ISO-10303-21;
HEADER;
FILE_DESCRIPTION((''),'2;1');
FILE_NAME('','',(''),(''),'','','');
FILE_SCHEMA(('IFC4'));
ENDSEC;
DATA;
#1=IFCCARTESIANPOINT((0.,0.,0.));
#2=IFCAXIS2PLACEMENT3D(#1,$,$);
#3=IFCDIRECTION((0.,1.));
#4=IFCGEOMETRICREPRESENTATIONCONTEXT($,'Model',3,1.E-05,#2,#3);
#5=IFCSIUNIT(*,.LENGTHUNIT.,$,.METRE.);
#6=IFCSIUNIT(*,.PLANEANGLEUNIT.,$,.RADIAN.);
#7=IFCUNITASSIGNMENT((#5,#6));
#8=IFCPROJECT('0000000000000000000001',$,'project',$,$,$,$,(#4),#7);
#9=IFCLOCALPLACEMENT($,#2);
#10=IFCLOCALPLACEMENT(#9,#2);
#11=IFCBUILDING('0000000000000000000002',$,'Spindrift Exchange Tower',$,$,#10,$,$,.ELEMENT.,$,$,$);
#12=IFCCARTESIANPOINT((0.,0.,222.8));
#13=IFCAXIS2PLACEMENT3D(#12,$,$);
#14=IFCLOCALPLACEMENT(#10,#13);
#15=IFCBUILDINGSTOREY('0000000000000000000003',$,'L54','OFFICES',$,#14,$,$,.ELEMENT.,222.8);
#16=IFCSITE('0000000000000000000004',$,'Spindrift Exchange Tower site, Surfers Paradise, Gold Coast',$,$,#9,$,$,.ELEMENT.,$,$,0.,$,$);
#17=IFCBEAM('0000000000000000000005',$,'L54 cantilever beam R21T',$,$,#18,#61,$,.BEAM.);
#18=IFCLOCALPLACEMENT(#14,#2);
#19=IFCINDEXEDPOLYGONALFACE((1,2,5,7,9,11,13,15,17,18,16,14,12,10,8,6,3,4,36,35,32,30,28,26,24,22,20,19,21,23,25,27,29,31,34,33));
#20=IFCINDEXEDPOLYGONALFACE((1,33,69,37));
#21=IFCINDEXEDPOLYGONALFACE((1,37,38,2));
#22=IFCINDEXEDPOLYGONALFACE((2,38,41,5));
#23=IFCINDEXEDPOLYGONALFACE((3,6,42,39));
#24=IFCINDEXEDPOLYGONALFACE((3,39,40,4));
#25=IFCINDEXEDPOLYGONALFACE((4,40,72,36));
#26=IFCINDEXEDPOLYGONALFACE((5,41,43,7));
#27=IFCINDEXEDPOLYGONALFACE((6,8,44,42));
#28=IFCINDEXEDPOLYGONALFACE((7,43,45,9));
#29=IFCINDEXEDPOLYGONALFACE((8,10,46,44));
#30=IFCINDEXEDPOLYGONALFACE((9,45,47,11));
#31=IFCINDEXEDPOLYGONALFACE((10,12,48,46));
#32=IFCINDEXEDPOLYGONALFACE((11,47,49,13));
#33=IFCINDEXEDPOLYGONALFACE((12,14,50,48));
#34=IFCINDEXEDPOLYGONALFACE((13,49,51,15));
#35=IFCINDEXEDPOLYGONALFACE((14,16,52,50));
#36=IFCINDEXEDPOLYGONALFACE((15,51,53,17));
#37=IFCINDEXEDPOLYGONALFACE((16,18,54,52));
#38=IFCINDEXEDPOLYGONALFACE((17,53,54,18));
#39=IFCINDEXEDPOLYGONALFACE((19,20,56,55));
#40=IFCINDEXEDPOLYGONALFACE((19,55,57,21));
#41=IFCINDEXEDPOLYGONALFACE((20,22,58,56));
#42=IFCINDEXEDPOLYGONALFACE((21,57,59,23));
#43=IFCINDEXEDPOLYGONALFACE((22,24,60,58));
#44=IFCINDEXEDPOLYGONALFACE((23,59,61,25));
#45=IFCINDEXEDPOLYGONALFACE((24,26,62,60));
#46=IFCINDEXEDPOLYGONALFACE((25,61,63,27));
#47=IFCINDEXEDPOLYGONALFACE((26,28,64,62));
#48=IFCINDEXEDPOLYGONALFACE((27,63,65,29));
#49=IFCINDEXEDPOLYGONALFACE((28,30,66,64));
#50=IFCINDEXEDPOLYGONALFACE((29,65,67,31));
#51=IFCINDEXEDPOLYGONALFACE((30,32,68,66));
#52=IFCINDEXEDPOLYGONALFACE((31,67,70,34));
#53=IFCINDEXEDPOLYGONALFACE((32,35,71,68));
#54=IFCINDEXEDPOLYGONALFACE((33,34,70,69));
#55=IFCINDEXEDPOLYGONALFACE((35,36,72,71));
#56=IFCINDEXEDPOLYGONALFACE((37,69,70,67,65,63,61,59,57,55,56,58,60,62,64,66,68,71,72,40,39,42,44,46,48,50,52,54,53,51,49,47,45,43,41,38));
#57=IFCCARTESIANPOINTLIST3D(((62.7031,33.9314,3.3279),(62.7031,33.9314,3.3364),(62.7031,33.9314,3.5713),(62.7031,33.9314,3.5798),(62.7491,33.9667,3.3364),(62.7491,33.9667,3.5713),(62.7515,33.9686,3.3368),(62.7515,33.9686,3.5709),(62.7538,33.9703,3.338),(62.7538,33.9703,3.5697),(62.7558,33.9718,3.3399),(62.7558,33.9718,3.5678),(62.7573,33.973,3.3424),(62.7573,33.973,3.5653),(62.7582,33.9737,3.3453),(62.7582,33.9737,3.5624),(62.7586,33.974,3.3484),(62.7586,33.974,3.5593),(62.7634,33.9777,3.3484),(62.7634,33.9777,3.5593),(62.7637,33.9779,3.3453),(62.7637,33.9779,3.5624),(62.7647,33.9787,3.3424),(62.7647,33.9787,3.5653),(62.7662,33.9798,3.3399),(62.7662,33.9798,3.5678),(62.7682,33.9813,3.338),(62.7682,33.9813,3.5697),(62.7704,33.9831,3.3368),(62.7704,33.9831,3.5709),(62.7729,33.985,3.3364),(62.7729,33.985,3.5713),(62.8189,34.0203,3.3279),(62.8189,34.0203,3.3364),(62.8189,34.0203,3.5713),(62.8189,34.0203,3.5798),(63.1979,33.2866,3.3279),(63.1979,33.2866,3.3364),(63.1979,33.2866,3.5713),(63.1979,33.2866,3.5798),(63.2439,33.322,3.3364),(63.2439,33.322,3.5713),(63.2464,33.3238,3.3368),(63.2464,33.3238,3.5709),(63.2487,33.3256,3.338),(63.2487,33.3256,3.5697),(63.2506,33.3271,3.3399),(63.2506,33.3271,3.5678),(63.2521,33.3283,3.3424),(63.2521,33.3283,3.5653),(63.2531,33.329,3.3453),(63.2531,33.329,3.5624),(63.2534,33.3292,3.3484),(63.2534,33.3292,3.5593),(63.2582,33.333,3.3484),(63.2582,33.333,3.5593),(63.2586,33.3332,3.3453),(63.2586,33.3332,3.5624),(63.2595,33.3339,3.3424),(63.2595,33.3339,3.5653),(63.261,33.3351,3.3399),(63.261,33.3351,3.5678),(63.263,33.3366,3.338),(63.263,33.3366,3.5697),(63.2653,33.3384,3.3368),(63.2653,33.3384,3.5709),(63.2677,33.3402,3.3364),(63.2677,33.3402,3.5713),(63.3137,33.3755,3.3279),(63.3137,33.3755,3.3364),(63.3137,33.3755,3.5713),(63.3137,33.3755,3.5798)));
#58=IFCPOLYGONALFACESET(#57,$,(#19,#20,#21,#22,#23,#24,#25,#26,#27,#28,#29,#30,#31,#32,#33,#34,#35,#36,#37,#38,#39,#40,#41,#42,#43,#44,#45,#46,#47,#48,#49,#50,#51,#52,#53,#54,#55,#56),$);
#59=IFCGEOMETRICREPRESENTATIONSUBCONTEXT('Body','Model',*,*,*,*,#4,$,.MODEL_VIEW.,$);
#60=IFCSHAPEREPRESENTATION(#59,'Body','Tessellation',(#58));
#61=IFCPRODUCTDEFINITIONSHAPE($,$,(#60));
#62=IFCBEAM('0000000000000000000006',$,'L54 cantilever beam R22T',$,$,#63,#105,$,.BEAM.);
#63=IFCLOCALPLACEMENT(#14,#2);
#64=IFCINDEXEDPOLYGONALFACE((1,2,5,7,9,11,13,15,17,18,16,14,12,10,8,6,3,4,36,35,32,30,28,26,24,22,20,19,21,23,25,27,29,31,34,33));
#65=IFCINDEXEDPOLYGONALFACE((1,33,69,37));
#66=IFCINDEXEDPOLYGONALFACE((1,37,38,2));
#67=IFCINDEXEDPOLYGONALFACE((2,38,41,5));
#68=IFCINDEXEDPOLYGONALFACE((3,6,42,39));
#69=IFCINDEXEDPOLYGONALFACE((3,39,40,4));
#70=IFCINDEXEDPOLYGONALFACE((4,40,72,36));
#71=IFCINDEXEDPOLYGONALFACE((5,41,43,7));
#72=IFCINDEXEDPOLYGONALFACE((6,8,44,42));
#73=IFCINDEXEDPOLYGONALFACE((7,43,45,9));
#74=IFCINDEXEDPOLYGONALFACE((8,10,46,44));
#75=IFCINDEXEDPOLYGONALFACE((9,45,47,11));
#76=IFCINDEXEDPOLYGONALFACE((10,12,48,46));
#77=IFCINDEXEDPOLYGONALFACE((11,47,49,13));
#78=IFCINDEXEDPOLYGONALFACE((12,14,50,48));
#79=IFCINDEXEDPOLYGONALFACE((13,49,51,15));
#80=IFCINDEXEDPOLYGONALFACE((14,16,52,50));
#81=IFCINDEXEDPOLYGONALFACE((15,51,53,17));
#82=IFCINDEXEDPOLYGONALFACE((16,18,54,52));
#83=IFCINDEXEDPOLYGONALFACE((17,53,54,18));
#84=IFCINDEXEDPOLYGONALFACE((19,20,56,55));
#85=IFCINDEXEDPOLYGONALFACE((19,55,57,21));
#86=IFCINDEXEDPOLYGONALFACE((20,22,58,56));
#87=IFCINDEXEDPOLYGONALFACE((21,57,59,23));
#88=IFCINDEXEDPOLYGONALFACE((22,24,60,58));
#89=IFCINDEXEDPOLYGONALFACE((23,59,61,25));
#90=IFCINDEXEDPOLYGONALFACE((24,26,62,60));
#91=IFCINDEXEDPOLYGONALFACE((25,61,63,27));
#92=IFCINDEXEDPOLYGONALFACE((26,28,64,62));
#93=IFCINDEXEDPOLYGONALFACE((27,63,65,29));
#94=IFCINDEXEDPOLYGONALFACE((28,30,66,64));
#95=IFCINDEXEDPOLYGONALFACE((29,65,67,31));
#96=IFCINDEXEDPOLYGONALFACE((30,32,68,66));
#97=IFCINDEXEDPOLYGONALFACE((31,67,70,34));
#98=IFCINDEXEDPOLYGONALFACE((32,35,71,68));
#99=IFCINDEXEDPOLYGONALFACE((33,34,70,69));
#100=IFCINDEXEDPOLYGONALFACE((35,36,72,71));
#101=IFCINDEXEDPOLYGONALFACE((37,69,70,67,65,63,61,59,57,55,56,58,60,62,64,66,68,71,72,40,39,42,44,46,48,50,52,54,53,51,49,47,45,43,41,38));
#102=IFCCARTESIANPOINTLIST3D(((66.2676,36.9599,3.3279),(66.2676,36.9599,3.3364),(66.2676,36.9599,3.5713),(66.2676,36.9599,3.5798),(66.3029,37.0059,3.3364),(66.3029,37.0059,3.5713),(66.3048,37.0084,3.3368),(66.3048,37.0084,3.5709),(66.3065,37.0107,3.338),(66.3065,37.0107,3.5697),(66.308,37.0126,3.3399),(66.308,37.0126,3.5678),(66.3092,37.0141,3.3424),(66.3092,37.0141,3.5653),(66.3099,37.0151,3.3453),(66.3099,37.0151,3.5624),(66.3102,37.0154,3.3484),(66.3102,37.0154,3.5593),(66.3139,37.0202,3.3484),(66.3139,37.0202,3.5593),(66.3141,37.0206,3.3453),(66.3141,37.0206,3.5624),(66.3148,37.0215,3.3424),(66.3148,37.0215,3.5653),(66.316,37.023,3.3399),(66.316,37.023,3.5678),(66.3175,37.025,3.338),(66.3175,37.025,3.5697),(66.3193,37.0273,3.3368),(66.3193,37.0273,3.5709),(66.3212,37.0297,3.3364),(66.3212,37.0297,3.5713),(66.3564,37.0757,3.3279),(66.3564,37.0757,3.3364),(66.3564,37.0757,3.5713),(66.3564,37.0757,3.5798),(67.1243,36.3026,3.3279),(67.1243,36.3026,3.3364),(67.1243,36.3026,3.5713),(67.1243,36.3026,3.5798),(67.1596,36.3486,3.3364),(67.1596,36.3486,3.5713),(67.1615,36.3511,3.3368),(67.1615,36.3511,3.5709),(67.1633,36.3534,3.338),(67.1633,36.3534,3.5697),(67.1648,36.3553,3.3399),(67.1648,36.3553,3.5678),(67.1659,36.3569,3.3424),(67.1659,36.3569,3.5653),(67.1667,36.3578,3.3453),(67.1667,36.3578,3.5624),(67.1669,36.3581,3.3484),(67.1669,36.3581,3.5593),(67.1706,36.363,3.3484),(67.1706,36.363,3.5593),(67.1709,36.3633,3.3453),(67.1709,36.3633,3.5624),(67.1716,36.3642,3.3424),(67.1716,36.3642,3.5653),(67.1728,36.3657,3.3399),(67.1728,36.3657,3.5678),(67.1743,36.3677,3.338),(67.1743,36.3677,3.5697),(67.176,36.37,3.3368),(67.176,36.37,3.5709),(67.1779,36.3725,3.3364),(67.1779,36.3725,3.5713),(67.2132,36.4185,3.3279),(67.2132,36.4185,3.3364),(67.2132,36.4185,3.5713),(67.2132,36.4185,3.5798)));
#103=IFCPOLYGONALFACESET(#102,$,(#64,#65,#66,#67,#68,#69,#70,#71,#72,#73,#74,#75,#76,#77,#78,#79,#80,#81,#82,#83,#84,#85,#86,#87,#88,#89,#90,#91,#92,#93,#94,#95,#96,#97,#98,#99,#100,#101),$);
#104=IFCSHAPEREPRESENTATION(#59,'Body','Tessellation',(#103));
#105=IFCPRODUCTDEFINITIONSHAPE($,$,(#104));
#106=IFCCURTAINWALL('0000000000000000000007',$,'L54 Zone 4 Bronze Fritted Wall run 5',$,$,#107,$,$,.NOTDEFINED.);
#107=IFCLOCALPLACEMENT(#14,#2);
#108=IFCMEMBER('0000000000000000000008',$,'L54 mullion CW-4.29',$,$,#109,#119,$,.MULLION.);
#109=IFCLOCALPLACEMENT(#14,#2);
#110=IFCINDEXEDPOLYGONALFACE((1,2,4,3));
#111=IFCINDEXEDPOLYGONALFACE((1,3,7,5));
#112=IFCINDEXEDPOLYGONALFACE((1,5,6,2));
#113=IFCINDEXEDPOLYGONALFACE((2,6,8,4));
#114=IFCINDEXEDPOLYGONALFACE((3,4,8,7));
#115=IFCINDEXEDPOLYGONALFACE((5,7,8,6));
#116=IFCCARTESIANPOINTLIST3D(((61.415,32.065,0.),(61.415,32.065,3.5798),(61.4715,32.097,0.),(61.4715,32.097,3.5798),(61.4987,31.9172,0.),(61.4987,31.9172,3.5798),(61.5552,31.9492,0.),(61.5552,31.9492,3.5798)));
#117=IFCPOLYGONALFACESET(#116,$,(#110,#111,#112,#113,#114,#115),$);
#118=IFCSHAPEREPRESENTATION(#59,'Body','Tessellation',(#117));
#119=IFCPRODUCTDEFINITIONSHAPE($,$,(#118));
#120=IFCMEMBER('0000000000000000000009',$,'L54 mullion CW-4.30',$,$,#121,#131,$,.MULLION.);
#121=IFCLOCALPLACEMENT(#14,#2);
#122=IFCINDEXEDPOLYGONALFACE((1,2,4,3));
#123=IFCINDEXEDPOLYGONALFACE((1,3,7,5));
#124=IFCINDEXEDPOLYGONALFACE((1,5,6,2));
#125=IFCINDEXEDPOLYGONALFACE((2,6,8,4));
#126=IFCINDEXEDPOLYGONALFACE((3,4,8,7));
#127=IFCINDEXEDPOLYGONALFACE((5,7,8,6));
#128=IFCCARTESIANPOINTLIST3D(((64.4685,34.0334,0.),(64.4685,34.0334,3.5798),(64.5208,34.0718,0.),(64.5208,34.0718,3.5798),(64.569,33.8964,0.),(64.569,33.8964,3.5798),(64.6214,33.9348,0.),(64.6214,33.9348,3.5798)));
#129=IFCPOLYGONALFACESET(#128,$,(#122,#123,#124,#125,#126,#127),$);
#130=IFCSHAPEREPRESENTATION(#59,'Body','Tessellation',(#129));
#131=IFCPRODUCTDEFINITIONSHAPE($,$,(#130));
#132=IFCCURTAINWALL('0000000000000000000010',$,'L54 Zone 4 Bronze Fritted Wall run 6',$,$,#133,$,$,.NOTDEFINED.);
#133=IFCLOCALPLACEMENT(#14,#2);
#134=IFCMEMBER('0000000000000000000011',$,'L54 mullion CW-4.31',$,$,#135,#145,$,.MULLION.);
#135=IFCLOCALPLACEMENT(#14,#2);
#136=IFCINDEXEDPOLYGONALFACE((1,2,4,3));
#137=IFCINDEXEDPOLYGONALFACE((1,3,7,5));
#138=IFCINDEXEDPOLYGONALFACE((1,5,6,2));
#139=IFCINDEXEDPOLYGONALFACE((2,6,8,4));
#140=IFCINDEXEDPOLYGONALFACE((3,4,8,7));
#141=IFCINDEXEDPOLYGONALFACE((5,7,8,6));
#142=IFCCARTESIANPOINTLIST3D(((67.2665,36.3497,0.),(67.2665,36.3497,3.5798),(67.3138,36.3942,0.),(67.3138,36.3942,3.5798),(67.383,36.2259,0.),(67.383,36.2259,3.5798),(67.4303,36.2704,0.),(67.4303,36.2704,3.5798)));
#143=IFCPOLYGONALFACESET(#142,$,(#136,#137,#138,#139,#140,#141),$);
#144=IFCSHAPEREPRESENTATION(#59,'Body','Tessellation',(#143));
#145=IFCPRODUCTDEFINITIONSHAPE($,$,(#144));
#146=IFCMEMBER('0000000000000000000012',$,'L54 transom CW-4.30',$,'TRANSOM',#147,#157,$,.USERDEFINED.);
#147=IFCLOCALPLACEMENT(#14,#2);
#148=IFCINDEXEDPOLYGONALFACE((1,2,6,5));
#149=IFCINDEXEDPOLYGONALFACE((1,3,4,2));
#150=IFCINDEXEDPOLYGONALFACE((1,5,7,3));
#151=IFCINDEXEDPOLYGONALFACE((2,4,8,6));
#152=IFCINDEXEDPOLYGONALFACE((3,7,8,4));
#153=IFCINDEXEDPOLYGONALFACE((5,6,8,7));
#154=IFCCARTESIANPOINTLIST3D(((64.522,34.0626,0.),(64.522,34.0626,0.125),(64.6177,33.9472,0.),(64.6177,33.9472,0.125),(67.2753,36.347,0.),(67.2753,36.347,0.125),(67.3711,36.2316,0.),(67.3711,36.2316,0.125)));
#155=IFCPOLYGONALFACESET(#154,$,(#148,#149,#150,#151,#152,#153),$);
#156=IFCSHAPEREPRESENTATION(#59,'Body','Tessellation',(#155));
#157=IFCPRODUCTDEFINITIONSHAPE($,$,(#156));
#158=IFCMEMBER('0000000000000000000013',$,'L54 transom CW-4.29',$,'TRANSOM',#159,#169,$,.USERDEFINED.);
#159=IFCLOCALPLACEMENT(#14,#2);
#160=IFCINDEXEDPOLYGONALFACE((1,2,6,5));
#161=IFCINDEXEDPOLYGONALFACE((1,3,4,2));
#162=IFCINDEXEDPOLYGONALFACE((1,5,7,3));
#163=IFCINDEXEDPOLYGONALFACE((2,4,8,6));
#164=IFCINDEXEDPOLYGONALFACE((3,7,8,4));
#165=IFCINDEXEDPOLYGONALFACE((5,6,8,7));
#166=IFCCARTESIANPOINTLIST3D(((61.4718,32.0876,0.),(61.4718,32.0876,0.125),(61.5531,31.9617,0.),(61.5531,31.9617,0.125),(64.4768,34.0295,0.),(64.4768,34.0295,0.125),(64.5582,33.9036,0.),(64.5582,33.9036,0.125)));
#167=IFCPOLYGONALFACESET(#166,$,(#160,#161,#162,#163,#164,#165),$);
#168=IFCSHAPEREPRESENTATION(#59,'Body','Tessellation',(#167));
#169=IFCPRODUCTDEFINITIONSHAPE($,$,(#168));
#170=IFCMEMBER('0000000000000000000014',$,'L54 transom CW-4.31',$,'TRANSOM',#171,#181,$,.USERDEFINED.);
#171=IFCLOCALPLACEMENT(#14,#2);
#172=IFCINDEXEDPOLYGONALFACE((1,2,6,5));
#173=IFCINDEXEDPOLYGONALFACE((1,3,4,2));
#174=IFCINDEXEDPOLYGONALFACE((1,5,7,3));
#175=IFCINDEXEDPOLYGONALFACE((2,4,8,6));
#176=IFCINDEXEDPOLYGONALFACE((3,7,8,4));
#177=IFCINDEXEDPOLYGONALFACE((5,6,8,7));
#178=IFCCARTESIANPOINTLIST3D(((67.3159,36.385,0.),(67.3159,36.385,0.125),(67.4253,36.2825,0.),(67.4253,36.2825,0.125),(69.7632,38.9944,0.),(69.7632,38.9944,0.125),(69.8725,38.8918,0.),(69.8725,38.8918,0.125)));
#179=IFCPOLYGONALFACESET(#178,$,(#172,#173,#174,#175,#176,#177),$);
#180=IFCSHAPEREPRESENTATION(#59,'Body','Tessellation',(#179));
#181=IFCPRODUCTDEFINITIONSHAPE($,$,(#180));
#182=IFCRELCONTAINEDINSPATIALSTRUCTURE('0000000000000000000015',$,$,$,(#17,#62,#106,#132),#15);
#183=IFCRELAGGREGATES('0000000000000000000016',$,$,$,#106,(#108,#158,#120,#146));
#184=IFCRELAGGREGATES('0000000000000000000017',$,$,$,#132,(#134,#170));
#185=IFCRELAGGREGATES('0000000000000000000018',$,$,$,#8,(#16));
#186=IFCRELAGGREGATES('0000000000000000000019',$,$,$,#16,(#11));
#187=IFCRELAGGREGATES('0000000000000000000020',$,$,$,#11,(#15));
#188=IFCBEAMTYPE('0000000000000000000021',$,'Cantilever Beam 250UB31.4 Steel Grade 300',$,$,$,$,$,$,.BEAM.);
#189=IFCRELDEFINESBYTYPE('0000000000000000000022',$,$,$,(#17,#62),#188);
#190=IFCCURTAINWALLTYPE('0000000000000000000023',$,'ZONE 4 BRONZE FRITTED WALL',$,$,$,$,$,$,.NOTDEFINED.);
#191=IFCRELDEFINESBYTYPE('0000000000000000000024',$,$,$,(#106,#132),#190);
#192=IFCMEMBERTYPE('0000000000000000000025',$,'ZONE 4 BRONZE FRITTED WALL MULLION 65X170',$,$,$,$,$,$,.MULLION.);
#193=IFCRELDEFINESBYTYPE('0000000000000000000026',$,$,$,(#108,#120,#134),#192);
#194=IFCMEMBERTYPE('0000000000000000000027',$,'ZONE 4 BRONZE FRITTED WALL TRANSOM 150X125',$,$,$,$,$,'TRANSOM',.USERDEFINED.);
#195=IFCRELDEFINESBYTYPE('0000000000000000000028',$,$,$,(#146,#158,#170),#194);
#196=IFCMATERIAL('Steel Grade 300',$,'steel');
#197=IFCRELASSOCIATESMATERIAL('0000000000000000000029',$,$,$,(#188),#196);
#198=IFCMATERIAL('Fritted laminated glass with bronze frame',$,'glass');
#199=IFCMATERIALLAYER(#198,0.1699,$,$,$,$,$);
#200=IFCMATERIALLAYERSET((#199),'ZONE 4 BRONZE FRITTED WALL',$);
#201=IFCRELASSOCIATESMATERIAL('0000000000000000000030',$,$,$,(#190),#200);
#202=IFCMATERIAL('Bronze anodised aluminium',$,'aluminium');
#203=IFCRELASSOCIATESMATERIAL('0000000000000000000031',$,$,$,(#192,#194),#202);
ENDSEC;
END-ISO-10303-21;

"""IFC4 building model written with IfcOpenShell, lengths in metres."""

from ifc_helpers import new_model, si_unit, direction, frame, origin, origin_2d, place, context, subcontext, project, spatial, rectangle, i_section, extrude, source, transform, mapped, material, layer, layer_set, material_profile, profile_set, type_object, element, aggregate, save


model = new_model("IFC4")

# Units and contexts
model_context = context("Model", 3, precision=1e-05, world=origin(), true_north=direction((0.0, 1.0)))
body_context = subcontext(model_context, "Body", "Model", "MODEL_VIEW")
ifc_project = project(units=[si_unit("LENGTHUNIT", "METRE"), si_unit("PLANEANGLEUNIT", "RADIAN")], contexts=[model_context])

# Site, building, storey
site_placement = place(None, origin())
site = spatial("IfcSite", under=ifc_project, at=site_placement, Name="Spindrift Exchange Tower site, Surfers Paradise, Gold Coast", CompositionType="ELEMENT", RefElevation=0.0)
building_placement = place(site_placement, origin())
building = spatial("IfcBuilding", under=site, at=building_placement, Name="Spindrift Exchange Tower", CompositionType="ELEMENT")
storey_placement = place(building_placement, frame((0.0, 0.0, 222.8)))
storey = spatial("IfcBuildingStorey", under=building, at=storey_placement, Name="L54", Description="OFFICES", CompositionType="ELEMENT", Elevation=222.8)

# Beams
ifc_material_1 = material(Name="Steel Grade 300", Category="steel")
ifc_material_profile_1 = material_profile(ifc_material_1, i_section(OverallWidth=0.146, OverallDepth=0.252, WebThickness=0.0061, FlangeThickness=0.0085, FilletRadius=0.012, at=origin_2d()), Name="250UB31.4")
ifc_profile_set_1 = profile_set([ifc_material_profile_1], Name="Steel Grade 300")
beam_type_1 = type_object("IfcBeamType", Name="Cantilever Beam 250UB31.4 Steel Grade 300", PredefinedType="BEAM", material=ifc_profile_set_1)
shared_shape_1 = source(origin(), body_context, "Body", "SweptSolid", [
    extrude(i_section(OverallWidth=0.146, OverallDepth=0.252, WebThickness=0.0061, FlangeThickness=0.0085, FilletRadius=0.012, at=origin_2d()), origin(), (0.0, 0.0, 1.0), 0.8127),
])
beam_1_placement = place(storey_placement, frame((62.761, 33.9758, 3.4539), z_axis=(0.608854, -0.793282, 0.0), x_axis=(0.793282, 0.608854, 0.0)))
element("IfcBeam", 1, at=beam_1_placement, inside=storey, type_object=beam_type_1, Name="L54 cantilever beam R21T", PredefinedType="BEAM", context=body_context, shape_type="MappedRepresentation", body=[
    mapped(shared_shape_1, transform((0.0, 0.0, 0.0), scale=1.0)),
])
shared_shape_2 = source(origin(), body_context, "Body", "SweptSolid", [
    extrude(i_section(OverallWidth=0.146, OverallDepth=0.252, WebThickness=0.0061, FlangeThickness=0.0085, FilletRadius=0.012, at=origin_2d()), origin(), (0.0, 0.0, 1.0), 1.0798),
])
beam_2_placement = place(storey_placement, frame((66.312, 37.0178, 3.4539), z_axis=(0.793413, -0.608683, 0.0), x_axis=(0.608683, 0.793413, 0.0)))
element("IfcBeam", 2, at=beam_2_placement, inside=storey, type_object=beam_type_1, Name="L54 cantilever beam R22T", PredefinedType="BEAM", context=body_context, shape_type="MappedRepresentation", body=[
    mapped(shared_shape_2, transform((0.0, 0.0, 0.0), scale=1.0)),
])

# Curtain wall, members
ifc_material_2 = material(Name="Fritted laminated glass with bronze frame", Category="glass")
ifc_layer_1 = layer(ifc_material_2, 0.1699)
ifc_layer_set_1 = layer_set([ifc_layer_1], Name="ZONE 4 BRONZE FRITTED WALL")
curtain_wall_type = type_object("IfcCurtainWallType", Name="ZONE 4 BRONZE FRITTED WALL", PredefinedType="NOTDEFINED", material=ifc_layer_set_1)
curtain_wall_1_placement = place(storey_placement, origin())
curtain_wall_1 = element("IfcCurtainWall", 3, at=curtain_wall_1_placement, inside=storey, type_object=curtain_wall_type, Name="L54 Zone 4 Bronze Fritted Wall run 5", PredefinedType="NOTDEFINED")
ifc_material_3 = material(Name="Bronze anodised aluminium", Category="aluminium")
ifc_material_profile_2 = material_profile(ifc_material_3, rectangle(XDim=0.0649, YDim=0.1699, at=origin_2d()), Name="ZONE 4 BRONZE FRITTED WALL MULLION 65X170")
ifc_profile_set_2 = profile_set([ifc_material_profile_2], Name="Bronze anodised aluminium")
member_type_1 = type_object("IfcMemberType", Name="ZONE 4 BRONZE FRITTED WALL MULLION 65X170", PredefinedType="MULLION", material=ifc_profile_set_2)
shared_shape_3 = source(origin(), body_context, "Body", "SweptSolid", [
    extrude(rectangle(XDim=0.0649, YDim=0.1699, at=origin_2d()), origin(), (0.0, 0.0, 1.0), 3.5798),
])
member_1_placement = place(storey_placement, frame((61.4851, 32.0071, 0.0), z_axis=(0.0, 0.0, 1.0), x_axis=(0.870066, 0.492935, 0.0)))
member_1 = element("IfcMember", 4, at=member_1_placement, type_object=member_type_1, Name="L54 mullion CW-4.29", PredefinedType="MULLION", context=body_context, shape_type="MappedRepresentation", body=[
    mapped(shared_shape_3, transform((0.0, 0.0, 0.0), scale=1.0)),
])
member_2_placement = place(storey_placement, frame((64.5449, 33.9841, 0.0), z_axis=(0.0, 0.0, 1.0), x_axis=(0.806187, 0.59166, 0.0)))
member_2 = element("IfcMember", 5, at=member_2_placement, type_object=member_type_1, Name="L54 mullion CW-4.30", PredefinedType="MULLION", context=body_context, shape_type="MappedRepresentation", body=[
    mapped(shared_shape_3, transform((0.0, 0.0, 0.0), scale=1.0)),
])

# Curtain wall, member
curtain_wall_2_placement = place(storey_placement, origin())
curtain_wall_2 = element("IfcCurtainWall", 6, at=curtain_wall_2_placement, inside=storey, type_object=curtain_wall_type, Name="L54 Zone 4 Bronze Fritted Wall run 6", PredefinedType="NOTDEFINED")
member_3_placement = place(storey_placement, frame((67.3484, 36.3101, 0.0), z_axis=(0.0, 0.0, 1.0), x_axis=(0.728283, 0.685277, 0.0)))
member_3 = element("IfcMember", 7, at=member_3_placement, type_object=member_type_1, Name="L54 mullion CW-4.31", PredefinedType="MULLION", context=body_context, shape_type="MappedRepresentation", body=[
    mapped(shared_shape_3, transform((0.0, 0.0, 0.0), scale=1.0)),
])

# Members
ifc_material_profile_3 = material_profile(ifc_material_3, rectangle(XDim=0.1499, YDim=0.125, at=origin_2d()), Name="ZONE 4 BRONZE FRITTED WALL TRANSOM 150X125")
ifc_profile_set_3 = profile_set([ifc_material_profile_3], Name="Bronze anodised aluminium")
member_type_2 = type_object("IfcMemberType", Name="ZONE 4 BRONZE FRITTED WALL TRANSOM 150X125", ElementType="TRANSOM", PredefinedType="USERDEFINED", material=ifc_profile_set_3)
shared_shape_4 = source(origin(), body_context, "Body", "SweptSolid", [
    extrude(rectangle(XDim=0.1499, YDim=0.125, at=origin_2d()), origin(), (0.0, 0.0, 1.0), 3.5776),
])
member_4_placement = place(storey_placement, frame((64.5698, 34.0049, 0.0625), z_axis=(0.769607, 0.638518, 0.0), x_axis=(-0.638518, 0.769607, 0.0)))
member_4 = element("IfcMember", 8, at=member_4_placement, type_object=member_type_2, Name="L54 transom CW-4.30", ObjectType="TRANSOM", PredefinedType="USERDEFINED", context=body_context, shape_type="MappedRepresentation", body=[
    mapped(shared_shape_4, transform((0.0, 0.0, 0.0), scale=1.0)),
])
shared_shape_5 = source(origin(), body_context, "Body", "SweptSolid", [
    extrude(rectangle(XDim=0.1499, YDim=0.125, at=origin_2d()), origin(), (0.0, 0.0, 1.0), 3.5779),
])
member_5_placement = place(storey_placement, frame((61.5125, 32.0247, 0.0625), z_axis=(0.839901, 0.542739, 0.0), x_axis=(-0.542739, 0.839901, 0.0)))
member_5 = element("IfcMember", 9, at=member_5_placement, type_object=member_type_2, Name="L54 transom CW-4.29", ObjectType="TRANSOM", PredefinedType="USERDEFINED", context=body_context, shape_type="MappedRepresentation", body=[
    mapped(shared_shape_5, transform((0.0, 0.0, 0.0), scale=1.0)),
])
shared_shape_6 = source(origin(), body_context, "Body", "SweptSolid", [
    extrude(rectangle(XDim=0.1499, YDim=0.125, at=origin_2d()), origin(), (0.0, 0.0, 1.0), 3.5774),
])
member_6_placement = place(storey_placement, frame((67.3706, 36.3337, 0.0625), z_axis=(0.684086, 0.729401, 0.0), x_axis=(-0.729401, 0.684086, 0.0)))
member_6 = element("IfcMember", 10, at=member_6_placement, type_object=member_type_2, Name="L54 transom CW-4.31", ObjectType="TRANSOM", PredefinedType="USERDEFINED", context=body_context, shape_type="MappedRepresentation", body=[
    mapped(shared_shape_6, transform((0.0, 0.0, 0.0), scale=1.0)),
])

aggregate(curtain_wall_1, [member_1, member_5, member_2, member_4])
aggregate(curtain_wall_2, [member_3, member_6])

save(model, "model.ifc")
